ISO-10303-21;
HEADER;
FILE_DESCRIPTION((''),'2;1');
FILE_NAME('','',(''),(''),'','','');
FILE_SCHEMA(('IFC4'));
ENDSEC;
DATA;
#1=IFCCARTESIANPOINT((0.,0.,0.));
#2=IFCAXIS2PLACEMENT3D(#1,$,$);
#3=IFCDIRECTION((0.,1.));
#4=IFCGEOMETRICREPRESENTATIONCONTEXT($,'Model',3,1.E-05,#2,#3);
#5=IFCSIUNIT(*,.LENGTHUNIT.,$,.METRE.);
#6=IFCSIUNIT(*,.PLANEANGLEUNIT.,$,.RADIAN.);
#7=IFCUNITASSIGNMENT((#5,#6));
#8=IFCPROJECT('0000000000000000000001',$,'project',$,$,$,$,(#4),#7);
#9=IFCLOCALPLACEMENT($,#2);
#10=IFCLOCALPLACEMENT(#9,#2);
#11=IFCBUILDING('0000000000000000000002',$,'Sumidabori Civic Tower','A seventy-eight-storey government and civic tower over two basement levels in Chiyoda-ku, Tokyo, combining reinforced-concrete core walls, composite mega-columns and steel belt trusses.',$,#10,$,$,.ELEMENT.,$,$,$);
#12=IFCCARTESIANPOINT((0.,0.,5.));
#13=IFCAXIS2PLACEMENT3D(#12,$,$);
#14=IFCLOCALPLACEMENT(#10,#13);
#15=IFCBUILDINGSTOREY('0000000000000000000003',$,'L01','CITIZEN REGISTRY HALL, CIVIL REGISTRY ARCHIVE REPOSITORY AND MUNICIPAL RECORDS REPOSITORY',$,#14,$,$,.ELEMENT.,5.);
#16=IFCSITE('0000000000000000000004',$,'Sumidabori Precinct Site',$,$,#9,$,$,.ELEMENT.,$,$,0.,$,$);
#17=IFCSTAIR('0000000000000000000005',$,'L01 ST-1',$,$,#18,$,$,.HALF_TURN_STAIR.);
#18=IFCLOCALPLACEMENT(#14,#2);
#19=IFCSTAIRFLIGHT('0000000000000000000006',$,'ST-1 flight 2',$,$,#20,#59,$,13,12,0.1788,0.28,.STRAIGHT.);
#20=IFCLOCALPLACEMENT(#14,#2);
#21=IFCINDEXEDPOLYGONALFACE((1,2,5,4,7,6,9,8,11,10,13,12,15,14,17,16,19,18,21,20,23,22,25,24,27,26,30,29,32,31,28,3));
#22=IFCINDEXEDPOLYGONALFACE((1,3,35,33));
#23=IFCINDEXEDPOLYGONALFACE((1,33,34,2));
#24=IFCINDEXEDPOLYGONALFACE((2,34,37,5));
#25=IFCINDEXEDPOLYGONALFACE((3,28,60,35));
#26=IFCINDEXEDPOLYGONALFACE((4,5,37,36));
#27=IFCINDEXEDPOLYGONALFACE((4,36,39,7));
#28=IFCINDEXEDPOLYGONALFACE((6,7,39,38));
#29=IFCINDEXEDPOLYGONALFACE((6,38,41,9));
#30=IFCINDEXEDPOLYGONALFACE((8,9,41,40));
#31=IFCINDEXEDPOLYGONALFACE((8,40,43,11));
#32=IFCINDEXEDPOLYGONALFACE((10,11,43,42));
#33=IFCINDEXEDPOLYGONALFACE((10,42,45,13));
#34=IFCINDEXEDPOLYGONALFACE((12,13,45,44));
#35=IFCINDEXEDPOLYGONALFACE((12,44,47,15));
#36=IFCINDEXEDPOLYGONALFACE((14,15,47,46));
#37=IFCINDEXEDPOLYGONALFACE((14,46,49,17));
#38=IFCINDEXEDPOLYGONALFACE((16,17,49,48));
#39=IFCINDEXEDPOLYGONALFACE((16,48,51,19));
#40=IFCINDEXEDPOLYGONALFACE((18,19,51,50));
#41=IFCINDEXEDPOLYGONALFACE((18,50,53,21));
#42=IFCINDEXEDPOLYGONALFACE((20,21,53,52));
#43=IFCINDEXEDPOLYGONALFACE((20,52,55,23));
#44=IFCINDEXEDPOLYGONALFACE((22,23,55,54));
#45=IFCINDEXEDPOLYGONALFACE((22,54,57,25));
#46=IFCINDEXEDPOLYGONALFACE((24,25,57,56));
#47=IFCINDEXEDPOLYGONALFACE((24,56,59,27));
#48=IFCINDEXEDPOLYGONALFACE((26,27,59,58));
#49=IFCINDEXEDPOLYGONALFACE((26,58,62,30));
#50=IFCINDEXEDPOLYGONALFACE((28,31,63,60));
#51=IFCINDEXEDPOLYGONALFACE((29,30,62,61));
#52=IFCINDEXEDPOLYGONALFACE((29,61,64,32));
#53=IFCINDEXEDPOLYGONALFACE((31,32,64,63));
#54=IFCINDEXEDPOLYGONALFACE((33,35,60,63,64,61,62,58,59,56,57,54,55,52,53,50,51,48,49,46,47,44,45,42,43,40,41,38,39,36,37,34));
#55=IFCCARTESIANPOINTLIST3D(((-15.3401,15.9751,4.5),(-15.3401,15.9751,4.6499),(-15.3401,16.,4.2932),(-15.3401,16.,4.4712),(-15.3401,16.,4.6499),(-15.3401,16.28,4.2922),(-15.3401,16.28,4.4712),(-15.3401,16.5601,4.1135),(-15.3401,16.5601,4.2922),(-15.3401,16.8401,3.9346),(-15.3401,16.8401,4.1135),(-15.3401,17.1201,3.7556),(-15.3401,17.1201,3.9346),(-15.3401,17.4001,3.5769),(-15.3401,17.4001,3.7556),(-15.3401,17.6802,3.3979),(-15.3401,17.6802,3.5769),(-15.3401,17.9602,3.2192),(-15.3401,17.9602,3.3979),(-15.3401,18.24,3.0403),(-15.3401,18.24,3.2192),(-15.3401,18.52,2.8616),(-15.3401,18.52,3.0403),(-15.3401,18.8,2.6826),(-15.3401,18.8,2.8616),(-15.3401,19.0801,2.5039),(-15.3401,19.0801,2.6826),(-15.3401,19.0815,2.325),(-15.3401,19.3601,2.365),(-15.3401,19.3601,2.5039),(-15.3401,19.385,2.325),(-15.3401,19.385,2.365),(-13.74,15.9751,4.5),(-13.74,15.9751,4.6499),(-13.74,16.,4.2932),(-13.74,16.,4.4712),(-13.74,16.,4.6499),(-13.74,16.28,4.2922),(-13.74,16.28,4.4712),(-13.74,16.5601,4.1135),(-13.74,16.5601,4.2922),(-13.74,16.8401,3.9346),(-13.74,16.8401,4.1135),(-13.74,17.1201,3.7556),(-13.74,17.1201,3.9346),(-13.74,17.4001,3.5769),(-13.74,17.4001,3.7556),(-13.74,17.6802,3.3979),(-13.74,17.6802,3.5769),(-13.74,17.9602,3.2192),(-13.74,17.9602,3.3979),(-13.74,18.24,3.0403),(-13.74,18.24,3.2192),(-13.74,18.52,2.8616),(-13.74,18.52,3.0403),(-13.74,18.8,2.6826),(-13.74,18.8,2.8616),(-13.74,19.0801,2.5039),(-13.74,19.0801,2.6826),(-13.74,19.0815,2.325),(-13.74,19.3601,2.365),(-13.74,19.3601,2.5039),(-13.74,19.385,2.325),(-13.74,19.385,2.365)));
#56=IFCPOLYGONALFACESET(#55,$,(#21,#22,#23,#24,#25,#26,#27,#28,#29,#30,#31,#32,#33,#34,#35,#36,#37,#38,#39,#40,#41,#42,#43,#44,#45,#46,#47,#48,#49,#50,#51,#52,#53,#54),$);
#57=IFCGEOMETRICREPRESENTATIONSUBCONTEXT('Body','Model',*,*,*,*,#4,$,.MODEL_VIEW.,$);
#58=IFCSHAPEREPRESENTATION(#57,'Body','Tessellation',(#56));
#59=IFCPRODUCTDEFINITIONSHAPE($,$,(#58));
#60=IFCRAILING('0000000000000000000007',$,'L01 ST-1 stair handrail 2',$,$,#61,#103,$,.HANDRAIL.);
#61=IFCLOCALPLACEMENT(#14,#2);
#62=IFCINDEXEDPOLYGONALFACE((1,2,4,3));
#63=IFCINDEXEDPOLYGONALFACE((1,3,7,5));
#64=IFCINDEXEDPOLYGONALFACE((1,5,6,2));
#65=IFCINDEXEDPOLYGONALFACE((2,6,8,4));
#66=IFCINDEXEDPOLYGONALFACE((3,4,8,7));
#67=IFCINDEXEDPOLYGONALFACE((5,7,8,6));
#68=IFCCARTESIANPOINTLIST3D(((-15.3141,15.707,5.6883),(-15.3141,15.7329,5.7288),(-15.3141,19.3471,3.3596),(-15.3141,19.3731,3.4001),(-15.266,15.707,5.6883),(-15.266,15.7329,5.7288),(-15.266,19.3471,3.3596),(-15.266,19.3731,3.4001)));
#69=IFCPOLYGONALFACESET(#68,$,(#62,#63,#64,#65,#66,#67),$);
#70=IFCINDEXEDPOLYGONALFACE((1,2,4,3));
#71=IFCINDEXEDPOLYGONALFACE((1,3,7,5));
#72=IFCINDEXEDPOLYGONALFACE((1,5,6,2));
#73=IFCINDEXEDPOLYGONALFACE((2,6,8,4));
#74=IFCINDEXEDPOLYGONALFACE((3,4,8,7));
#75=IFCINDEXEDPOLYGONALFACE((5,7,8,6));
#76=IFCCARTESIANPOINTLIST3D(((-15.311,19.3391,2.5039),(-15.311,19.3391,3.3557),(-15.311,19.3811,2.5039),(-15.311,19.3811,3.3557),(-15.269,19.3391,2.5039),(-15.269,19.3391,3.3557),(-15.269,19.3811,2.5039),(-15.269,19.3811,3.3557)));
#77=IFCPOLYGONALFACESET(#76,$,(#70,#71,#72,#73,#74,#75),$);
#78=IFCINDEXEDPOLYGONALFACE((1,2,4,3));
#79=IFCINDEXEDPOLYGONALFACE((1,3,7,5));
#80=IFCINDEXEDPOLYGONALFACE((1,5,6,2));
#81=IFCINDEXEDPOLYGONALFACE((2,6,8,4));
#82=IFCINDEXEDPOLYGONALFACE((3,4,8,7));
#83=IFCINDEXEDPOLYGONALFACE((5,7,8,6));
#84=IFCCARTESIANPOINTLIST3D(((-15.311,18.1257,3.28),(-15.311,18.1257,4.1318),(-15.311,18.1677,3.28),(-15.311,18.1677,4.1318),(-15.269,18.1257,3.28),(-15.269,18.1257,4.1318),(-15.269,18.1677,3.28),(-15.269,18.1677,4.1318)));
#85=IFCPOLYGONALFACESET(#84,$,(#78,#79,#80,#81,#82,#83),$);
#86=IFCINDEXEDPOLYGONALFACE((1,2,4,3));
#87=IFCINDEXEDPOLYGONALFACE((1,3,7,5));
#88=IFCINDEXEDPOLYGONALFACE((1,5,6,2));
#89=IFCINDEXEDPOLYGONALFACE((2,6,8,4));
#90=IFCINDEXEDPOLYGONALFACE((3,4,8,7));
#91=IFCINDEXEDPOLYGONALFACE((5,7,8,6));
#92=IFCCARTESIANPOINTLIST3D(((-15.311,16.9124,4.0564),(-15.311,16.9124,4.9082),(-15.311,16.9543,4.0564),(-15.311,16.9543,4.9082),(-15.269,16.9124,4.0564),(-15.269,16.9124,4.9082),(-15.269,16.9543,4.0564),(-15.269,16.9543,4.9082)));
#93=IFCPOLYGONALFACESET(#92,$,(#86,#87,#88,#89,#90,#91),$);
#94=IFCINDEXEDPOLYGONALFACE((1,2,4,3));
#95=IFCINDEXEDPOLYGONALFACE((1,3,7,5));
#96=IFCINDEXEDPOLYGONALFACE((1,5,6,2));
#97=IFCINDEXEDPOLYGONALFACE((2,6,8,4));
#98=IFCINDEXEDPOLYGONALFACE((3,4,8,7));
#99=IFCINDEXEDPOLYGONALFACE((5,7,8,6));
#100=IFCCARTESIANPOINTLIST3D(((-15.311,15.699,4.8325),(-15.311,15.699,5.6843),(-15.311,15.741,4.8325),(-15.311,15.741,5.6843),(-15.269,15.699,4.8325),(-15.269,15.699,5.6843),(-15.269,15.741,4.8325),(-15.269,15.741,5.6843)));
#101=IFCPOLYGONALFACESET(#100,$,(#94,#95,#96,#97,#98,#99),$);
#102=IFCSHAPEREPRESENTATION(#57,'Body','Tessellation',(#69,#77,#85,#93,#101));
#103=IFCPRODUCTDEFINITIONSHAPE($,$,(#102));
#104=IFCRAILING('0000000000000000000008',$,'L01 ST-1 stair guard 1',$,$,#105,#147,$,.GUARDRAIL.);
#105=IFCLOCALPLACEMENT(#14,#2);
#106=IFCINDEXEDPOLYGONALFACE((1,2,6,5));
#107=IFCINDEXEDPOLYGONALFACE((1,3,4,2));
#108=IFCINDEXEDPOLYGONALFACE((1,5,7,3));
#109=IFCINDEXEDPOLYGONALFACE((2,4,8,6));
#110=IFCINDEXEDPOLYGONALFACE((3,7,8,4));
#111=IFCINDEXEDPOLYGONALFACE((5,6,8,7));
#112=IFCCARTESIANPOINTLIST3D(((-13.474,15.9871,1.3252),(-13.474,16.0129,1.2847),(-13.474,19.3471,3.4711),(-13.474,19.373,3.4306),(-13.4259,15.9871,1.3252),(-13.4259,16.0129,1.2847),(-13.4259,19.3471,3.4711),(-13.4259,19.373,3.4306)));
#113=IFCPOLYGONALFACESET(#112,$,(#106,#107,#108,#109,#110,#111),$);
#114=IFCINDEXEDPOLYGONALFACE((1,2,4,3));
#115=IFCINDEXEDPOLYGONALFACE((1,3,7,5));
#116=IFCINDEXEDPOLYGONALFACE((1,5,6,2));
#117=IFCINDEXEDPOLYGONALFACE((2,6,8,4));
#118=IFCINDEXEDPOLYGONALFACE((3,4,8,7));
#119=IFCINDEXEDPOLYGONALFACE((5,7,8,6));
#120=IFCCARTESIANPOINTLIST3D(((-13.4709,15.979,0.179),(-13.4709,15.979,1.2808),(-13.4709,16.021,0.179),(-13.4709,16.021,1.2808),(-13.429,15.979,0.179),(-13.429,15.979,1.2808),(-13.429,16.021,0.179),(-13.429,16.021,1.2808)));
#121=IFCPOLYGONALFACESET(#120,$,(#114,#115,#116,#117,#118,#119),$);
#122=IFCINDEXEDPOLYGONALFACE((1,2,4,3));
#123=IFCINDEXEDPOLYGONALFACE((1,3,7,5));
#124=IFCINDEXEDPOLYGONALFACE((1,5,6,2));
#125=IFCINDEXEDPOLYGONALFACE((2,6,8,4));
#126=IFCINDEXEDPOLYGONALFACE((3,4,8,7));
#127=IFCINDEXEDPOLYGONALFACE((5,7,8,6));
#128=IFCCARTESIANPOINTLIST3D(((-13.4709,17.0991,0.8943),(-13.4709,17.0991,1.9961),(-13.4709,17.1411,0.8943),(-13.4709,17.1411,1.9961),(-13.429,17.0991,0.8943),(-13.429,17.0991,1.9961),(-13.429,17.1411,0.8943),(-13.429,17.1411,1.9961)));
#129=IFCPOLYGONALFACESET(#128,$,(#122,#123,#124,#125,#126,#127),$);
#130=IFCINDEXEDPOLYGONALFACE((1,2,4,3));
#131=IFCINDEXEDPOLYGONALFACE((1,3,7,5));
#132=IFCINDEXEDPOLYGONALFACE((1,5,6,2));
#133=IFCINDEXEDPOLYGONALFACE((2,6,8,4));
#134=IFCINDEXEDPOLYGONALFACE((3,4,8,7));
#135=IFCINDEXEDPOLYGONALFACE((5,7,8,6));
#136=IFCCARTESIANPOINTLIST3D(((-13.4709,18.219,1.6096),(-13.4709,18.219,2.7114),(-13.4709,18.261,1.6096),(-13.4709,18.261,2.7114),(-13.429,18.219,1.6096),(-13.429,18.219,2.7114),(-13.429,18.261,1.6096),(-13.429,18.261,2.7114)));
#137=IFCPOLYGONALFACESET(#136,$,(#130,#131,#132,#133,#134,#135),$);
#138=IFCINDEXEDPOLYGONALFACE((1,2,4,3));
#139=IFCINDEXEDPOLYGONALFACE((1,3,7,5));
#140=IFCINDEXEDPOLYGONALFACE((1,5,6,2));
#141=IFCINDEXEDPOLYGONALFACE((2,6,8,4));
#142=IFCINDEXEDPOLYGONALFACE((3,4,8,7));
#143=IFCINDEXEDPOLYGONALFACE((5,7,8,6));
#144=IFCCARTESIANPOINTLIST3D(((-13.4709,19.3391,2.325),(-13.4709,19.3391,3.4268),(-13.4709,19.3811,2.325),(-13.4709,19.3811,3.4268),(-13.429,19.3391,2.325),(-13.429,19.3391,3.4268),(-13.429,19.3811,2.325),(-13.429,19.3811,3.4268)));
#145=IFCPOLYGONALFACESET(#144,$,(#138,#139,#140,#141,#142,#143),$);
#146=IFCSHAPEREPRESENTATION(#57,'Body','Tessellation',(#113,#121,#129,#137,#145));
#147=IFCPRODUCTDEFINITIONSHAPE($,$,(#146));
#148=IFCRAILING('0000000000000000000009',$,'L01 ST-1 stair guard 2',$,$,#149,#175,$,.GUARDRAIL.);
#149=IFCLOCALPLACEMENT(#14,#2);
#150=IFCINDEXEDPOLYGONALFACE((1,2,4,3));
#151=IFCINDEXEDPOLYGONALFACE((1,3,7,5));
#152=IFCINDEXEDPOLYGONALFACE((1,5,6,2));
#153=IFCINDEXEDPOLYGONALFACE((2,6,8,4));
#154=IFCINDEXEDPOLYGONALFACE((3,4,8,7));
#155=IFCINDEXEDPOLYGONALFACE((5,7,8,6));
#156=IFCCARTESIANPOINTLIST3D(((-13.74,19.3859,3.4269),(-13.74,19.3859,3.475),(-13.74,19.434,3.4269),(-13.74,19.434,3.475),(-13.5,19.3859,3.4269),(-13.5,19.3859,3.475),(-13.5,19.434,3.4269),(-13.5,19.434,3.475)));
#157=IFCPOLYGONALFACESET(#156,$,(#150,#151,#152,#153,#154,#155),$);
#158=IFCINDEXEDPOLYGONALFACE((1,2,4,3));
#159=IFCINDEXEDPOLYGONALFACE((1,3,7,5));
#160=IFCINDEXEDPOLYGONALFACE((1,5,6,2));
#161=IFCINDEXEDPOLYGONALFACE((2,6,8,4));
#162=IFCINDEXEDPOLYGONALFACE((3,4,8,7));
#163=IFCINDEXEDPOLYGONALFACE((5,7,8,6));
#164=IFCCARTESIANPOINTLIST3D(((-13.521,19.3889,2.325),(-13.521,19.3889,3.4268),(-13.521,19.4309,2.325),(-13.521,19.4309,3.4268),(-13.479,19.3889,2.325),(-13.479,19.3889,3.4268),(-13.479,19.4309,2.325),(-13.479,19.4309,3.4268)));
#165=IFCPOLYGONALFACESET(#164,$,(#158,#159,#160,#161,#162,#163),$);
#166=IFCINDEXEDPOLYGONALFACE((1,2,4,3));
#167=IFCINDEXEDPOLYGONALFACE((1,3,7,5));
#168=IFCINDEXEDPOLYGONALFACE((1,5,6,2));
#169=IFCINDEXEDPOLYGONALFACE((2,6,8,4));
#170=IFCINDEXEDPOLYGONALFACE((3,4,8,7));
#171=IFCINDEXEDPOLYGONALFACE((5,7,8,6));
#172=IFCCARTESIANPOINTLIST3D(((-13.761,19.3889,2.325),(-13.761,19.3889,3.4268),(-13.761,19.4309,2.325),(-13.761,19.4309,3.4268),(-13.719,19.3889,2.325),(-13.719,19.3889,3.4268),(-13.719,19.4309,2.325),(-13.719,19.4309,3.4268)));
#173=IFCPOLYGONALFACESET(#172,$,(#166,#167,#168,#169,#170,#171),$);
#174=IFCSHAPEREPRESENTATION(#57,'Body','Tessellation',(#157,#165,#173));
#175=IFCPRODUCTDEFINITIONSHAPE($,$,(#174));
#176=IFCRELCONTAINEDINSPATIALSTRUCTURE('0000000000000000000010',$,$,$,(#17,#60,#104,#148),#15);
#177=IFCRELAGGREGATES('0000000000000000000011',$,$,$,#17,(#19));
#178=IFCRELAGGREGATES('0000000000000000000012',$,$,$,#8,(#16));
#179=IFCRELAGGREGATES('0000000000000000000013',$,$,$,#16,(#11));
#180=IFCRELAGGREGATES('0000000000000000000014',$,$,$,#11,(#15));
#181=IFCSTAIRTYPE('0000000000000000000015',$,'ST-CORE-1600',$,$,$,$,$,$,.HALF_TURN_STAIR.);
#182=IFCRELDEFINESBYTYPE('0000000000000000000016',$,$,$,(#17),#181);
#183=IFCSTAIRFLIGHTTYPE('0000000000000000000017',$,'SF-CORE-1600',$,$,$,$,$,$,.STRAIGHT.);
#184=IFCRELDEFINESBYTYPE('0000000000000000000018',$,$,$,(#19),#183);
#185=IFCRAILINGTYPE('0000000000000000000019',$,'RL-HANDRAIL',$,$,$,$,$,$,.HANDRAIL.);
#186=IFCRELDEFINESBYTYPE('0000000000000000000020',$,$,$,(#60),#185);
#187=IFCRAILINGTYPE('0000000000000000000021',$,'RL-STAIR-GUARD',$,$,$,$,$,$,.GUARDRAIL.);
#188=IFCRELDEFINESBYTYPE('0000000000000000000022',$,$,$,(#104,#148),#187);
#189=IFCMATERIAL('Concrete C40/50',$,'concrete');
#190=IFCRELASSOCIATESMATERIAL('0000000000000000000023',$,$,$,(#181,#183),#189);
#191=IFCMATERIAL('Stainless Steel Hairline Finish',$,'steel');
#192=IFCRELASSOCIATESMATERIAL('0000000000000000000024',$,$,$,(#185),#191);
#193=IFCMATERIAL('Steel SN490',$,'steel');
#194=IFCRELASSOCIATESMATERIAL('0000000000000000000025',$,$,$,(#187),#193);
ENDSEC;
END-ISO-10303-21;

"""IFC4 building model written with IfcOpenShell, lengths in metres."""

from ifc_helpers import new_model, si_unit, direction, frame, origin, origin_2d, place, context, subcontext, project, spatial, polyline, rectangle, outline, extrude, source, transform, mapped, material, type_object, element, aggregate, save


model = new_model("IFC4")

# Units and contexts
model_context = context("Model", 3, precision=1e-05, world=origin(), true_north=direction((0.0, 1.0)))
body_context = subcontext(model_context, "Body", "Model", "MODEL_VIEW")
ifc_project = project(units=[si_unit("LENGTHUNIT", "METRE"), si_unit("PLANEANGLEUNIT", "RADIAN")], contexts=[model_context])

# Site, building, storey
site_placement = place(None, origin())
site = spatial("IfcSite", under=ifc_project, at=site_placement, Name="Sumidabori Precinct Site", CompositionType="ELEMENT", RefElevation=0.0)
building_placement = place(site_placement, origin())
building = spatial("IfcBuilding", under=site, at=building_placement, Name="Sumidabori Civic Tower", Description="A seventy-eight-storey government and civic tower over two basement levels in Chiyoda-ku, Tokyo, combining reinforced-concrete core walls, composite mega-columns and steel belt trusses.", CompositionType="ELEMENT")
storey_placement = place(building_placement, frame((0.0, 0.0, 5.0)))
storey = spatial("IfcBuildingStorey", under=building, at=storey_placement, Name="L01", Description="CITIZEN REGISTRY HALL, CIVIL REGISTRY ARCHIVE REPOSITORY AND MUNICIPAL RECORDS REPOSITORY", CompositionType="ELEMENT", Elevation=5.0)

# Shared definitions
ifc_material_1 = material(Name="Steel SN490", Category="steel")

# Stair, stair flight
ifc_material_2 = material(Name="Concrete C40/50", Category="concrete")
stair_type = type_object("IfcStairType", Name="ST-CORE-1600", PredefinedType="HALF_TURN_STAIR", material=ifc_material_2)
stair_placement = place(storey_placement, origin())
stair = element("IfcStair", 1, at=stair_placement, inside=storey, type_object=stair_type, Name="L01 ST-1", PredefinedType="HALF_TURN_STAIR")
stair_flight_type = type_object("IfcStairFlightType", Name="SF-CORE-1600", PredefinedType="STRAIGHT", material=ifc_material_2)
shared_shape_1 = source(origin(), body_context, "Body", "SweptSolid", [
    extrude(outline(polyline([(-0.0249, 0.0), (-0.0249, 0.04), (0.0, 0.04), (0.0, 0.179), (0.28, 0.179), (0.28, 0.3577), (0.5601, 0.3577), (0.5601, 0.5366), (0.8401, 0.5366), (0.8401, 0.7153), (1.1201, 0.7153), (1.1201, 0.8943), (1.3999, 0.8943), (1.3999, 1.073), (1.6799, 1.073), (1.6799, 1.252), (1.96, 1.252), (1.96, 1.4307), (2.24, 1.4307), (2.24, 1.6096), (2.52, 1.6096), (2.52, 1.7886), (2.8, 1.7886), (2.8, 1.9673), (3.0801, 1.9673), (3.0801, 2.1462), (3.3601, 2.1462), (3.3601, 2.325), (3.385, 2.325), (3.385, 2.175), (3.3601, 1.9683), (0.2786, 0.0), (-0.0249, 0.0)])), frame((0.0, 0.8, 0.0), z_axis=(0.0, -1.0, 0.0), x_axis=(1.0, 0.0, 0.0)), (0.0, 0.0, 1.0), 1.6001),
])
stair_flight_1_placement = place(storey_placement, frame((-14.54, 19.3601, 2.325), z_axis=(0.0, 0.0, 1.0), x_axis=(0.0, -1.0, 0.0)))
stair_flight_1 = element("IfcStairFlight", 2, at=stair_flight_1_placement, type_object=stair_flight_type, Name="ST-1 flight 2", NumberOfRisers=13, NumberOfTreads=12, PredefinedType="STRAIGHT", RiserHeight=0.1788, TreadLength=0.28, context=body_context, shape_type="MappedRepresentation", body=[
    mapped(shared_shape_1, transform((0.0, 0.0, 0.0), x_axis=(1.0, 0.0, 0.0), y_axis=(0.0, 1.0, 0.0), z_axis=(0.0, 0.0, 1.0), scale=1.0)),
])
aggregate(stair, [stair_flight_1])

# Railings
ifc_material_3 = material(Name="Stainless Steel Hairline Finish", Category="steel")
railing_type_1 = type_object("IfcRailingType", Name="RL-HANDRAIL", PredefinedType="HANDRAIL", material=ifc_material_3)
railing_1_placement = place(storey_placement, frame((-15.29, 19.3601, 2.5039)))
element("IfcRailing", 3, at=railing_1_placement, inside=storey, type_object=railing_type_1, Name="L01 ST-1 stair handrail 2", PredefinedType="HANDRAIL", context=body_context, shape_type="SweptSolid", body=[
    extrude(rectangle(XDim=0.0481, YDim=0.0481, at=origin_2d()), frame((0.0, 0.0, 0.876), z_axis=(0.0, -0.842384, 0.538877), x_axis=(1.0, 0.0, 0.0)), (0.0, 0.0, 1.0), 4.3213),
    extrude(rectangle(XDim=0.042, YDim=0.042, at=origin_2d()), origin(), (0.0, 0.0, 1.0), 0.8518),
    extrude(rectangle(XDim=0.042, YDim=0.042, at=origin_2d()), frame((0.0, -1.2134, 0.7761)), (0.0, 0.0, 1.0), 0.8518),
    extrude(rectangle(XDim=0.042, YDim=0.042, at=origin_2d()), frame((0.0, -2.4268, 1.5525)), (0.0, 0.0, 1.0), 0.8518),
    extrude(rectangle(XDim=0.042, YDim=0.042, at=origin_2d()), frame((0.0, -3.6401, 2.3286)), (0.0, 0.0, 1.0), 0.8518),
])
railing_type_2 = type_object("IfcRailingType", Name="RL-STAIR-GUARD", PredefinedType="GUARDRAIL", material=ifc_material_1)
railing_2_placement = place(storey_placement, frame((-13.45, 16.0, 0.179)))
element("IfcRailing", 4, at=railing_2_placement, inside=storey, type_object=railing_type_2, Name="L01 ST-1 stair guard 1", PredefinedType="GUARDRAIL", context=body_context, shape_type="SweptSolid", body=[
    extrude(rectangle(XDim=0.0481, YDim=0.0481, at=origin_2d()), frame((0.0, 0.0, 1.126), z_axis=(0.0, 0.84278, 0.538258), x_axis=(-1.0, 0.0, 0.0)), (0.0, 0.0, 1.0), 3.9868),
    extrude(rectangle(XDim=0.042, YDim=0.042, at=origin_2d()), origin(), (0.0, 0.0, 1.0), 1.1018),
    extrude(rectangle(XDim=0.042, YDim=0.042, at=origin_2d()), frame((0.0, 1.1201, 0.7153)), (0.0, 0.0, 1.0), 1.1018),
    extrude(rectangle(XDim=0.042, YDim=0.042, at=origin_2d()), frame((0.0, 2.24, 1.4307)), (0.0, 0.0, 1.0), 1.1018),
    extrude(rectangle(XDim=0.042, YDim=0.042, at=origin_2d()), frame((0.0, 3.3601, 2.146)), (0.0, 0.0, 1.0), 1.1018),
])
railing_3_placement = place(storey_placement, frame((-13.5, 19.4099, 2.325)))
element("IfcRailing", 5, at=railing_3_placement, inside=storey, type_object=railing_type_2, Name="L01 ST-1 stair guard 2", PredefinedType="GUARDRAIL", context=body_context, shape_type="SweptSolid", body=[
    extrude(rectangle(XDim=0.0481, YDim=0.0481, at=origin_2d()), frame((0.0, 0.0, 1.126), z_axis=(-1.0, 0.0, 0.0), x_axis=(0.0, -1.0, 0.0)), (0.0, 0.0, 1.0), 0.24),
    extrude(rectangle(XDim=0.042, YDim=0.042, at=origin_2d()), origin(), (0.0, 0.0, 1.0), 1.1018),
    extrude(rectangle(XDim=0.042, YDim=0.042, at=origin_2d()), frame((-0.24, 0.0, 0.0)), (0.0, 0.0, 1.0), 1.1018),
])

save(model, "model.ifc")
